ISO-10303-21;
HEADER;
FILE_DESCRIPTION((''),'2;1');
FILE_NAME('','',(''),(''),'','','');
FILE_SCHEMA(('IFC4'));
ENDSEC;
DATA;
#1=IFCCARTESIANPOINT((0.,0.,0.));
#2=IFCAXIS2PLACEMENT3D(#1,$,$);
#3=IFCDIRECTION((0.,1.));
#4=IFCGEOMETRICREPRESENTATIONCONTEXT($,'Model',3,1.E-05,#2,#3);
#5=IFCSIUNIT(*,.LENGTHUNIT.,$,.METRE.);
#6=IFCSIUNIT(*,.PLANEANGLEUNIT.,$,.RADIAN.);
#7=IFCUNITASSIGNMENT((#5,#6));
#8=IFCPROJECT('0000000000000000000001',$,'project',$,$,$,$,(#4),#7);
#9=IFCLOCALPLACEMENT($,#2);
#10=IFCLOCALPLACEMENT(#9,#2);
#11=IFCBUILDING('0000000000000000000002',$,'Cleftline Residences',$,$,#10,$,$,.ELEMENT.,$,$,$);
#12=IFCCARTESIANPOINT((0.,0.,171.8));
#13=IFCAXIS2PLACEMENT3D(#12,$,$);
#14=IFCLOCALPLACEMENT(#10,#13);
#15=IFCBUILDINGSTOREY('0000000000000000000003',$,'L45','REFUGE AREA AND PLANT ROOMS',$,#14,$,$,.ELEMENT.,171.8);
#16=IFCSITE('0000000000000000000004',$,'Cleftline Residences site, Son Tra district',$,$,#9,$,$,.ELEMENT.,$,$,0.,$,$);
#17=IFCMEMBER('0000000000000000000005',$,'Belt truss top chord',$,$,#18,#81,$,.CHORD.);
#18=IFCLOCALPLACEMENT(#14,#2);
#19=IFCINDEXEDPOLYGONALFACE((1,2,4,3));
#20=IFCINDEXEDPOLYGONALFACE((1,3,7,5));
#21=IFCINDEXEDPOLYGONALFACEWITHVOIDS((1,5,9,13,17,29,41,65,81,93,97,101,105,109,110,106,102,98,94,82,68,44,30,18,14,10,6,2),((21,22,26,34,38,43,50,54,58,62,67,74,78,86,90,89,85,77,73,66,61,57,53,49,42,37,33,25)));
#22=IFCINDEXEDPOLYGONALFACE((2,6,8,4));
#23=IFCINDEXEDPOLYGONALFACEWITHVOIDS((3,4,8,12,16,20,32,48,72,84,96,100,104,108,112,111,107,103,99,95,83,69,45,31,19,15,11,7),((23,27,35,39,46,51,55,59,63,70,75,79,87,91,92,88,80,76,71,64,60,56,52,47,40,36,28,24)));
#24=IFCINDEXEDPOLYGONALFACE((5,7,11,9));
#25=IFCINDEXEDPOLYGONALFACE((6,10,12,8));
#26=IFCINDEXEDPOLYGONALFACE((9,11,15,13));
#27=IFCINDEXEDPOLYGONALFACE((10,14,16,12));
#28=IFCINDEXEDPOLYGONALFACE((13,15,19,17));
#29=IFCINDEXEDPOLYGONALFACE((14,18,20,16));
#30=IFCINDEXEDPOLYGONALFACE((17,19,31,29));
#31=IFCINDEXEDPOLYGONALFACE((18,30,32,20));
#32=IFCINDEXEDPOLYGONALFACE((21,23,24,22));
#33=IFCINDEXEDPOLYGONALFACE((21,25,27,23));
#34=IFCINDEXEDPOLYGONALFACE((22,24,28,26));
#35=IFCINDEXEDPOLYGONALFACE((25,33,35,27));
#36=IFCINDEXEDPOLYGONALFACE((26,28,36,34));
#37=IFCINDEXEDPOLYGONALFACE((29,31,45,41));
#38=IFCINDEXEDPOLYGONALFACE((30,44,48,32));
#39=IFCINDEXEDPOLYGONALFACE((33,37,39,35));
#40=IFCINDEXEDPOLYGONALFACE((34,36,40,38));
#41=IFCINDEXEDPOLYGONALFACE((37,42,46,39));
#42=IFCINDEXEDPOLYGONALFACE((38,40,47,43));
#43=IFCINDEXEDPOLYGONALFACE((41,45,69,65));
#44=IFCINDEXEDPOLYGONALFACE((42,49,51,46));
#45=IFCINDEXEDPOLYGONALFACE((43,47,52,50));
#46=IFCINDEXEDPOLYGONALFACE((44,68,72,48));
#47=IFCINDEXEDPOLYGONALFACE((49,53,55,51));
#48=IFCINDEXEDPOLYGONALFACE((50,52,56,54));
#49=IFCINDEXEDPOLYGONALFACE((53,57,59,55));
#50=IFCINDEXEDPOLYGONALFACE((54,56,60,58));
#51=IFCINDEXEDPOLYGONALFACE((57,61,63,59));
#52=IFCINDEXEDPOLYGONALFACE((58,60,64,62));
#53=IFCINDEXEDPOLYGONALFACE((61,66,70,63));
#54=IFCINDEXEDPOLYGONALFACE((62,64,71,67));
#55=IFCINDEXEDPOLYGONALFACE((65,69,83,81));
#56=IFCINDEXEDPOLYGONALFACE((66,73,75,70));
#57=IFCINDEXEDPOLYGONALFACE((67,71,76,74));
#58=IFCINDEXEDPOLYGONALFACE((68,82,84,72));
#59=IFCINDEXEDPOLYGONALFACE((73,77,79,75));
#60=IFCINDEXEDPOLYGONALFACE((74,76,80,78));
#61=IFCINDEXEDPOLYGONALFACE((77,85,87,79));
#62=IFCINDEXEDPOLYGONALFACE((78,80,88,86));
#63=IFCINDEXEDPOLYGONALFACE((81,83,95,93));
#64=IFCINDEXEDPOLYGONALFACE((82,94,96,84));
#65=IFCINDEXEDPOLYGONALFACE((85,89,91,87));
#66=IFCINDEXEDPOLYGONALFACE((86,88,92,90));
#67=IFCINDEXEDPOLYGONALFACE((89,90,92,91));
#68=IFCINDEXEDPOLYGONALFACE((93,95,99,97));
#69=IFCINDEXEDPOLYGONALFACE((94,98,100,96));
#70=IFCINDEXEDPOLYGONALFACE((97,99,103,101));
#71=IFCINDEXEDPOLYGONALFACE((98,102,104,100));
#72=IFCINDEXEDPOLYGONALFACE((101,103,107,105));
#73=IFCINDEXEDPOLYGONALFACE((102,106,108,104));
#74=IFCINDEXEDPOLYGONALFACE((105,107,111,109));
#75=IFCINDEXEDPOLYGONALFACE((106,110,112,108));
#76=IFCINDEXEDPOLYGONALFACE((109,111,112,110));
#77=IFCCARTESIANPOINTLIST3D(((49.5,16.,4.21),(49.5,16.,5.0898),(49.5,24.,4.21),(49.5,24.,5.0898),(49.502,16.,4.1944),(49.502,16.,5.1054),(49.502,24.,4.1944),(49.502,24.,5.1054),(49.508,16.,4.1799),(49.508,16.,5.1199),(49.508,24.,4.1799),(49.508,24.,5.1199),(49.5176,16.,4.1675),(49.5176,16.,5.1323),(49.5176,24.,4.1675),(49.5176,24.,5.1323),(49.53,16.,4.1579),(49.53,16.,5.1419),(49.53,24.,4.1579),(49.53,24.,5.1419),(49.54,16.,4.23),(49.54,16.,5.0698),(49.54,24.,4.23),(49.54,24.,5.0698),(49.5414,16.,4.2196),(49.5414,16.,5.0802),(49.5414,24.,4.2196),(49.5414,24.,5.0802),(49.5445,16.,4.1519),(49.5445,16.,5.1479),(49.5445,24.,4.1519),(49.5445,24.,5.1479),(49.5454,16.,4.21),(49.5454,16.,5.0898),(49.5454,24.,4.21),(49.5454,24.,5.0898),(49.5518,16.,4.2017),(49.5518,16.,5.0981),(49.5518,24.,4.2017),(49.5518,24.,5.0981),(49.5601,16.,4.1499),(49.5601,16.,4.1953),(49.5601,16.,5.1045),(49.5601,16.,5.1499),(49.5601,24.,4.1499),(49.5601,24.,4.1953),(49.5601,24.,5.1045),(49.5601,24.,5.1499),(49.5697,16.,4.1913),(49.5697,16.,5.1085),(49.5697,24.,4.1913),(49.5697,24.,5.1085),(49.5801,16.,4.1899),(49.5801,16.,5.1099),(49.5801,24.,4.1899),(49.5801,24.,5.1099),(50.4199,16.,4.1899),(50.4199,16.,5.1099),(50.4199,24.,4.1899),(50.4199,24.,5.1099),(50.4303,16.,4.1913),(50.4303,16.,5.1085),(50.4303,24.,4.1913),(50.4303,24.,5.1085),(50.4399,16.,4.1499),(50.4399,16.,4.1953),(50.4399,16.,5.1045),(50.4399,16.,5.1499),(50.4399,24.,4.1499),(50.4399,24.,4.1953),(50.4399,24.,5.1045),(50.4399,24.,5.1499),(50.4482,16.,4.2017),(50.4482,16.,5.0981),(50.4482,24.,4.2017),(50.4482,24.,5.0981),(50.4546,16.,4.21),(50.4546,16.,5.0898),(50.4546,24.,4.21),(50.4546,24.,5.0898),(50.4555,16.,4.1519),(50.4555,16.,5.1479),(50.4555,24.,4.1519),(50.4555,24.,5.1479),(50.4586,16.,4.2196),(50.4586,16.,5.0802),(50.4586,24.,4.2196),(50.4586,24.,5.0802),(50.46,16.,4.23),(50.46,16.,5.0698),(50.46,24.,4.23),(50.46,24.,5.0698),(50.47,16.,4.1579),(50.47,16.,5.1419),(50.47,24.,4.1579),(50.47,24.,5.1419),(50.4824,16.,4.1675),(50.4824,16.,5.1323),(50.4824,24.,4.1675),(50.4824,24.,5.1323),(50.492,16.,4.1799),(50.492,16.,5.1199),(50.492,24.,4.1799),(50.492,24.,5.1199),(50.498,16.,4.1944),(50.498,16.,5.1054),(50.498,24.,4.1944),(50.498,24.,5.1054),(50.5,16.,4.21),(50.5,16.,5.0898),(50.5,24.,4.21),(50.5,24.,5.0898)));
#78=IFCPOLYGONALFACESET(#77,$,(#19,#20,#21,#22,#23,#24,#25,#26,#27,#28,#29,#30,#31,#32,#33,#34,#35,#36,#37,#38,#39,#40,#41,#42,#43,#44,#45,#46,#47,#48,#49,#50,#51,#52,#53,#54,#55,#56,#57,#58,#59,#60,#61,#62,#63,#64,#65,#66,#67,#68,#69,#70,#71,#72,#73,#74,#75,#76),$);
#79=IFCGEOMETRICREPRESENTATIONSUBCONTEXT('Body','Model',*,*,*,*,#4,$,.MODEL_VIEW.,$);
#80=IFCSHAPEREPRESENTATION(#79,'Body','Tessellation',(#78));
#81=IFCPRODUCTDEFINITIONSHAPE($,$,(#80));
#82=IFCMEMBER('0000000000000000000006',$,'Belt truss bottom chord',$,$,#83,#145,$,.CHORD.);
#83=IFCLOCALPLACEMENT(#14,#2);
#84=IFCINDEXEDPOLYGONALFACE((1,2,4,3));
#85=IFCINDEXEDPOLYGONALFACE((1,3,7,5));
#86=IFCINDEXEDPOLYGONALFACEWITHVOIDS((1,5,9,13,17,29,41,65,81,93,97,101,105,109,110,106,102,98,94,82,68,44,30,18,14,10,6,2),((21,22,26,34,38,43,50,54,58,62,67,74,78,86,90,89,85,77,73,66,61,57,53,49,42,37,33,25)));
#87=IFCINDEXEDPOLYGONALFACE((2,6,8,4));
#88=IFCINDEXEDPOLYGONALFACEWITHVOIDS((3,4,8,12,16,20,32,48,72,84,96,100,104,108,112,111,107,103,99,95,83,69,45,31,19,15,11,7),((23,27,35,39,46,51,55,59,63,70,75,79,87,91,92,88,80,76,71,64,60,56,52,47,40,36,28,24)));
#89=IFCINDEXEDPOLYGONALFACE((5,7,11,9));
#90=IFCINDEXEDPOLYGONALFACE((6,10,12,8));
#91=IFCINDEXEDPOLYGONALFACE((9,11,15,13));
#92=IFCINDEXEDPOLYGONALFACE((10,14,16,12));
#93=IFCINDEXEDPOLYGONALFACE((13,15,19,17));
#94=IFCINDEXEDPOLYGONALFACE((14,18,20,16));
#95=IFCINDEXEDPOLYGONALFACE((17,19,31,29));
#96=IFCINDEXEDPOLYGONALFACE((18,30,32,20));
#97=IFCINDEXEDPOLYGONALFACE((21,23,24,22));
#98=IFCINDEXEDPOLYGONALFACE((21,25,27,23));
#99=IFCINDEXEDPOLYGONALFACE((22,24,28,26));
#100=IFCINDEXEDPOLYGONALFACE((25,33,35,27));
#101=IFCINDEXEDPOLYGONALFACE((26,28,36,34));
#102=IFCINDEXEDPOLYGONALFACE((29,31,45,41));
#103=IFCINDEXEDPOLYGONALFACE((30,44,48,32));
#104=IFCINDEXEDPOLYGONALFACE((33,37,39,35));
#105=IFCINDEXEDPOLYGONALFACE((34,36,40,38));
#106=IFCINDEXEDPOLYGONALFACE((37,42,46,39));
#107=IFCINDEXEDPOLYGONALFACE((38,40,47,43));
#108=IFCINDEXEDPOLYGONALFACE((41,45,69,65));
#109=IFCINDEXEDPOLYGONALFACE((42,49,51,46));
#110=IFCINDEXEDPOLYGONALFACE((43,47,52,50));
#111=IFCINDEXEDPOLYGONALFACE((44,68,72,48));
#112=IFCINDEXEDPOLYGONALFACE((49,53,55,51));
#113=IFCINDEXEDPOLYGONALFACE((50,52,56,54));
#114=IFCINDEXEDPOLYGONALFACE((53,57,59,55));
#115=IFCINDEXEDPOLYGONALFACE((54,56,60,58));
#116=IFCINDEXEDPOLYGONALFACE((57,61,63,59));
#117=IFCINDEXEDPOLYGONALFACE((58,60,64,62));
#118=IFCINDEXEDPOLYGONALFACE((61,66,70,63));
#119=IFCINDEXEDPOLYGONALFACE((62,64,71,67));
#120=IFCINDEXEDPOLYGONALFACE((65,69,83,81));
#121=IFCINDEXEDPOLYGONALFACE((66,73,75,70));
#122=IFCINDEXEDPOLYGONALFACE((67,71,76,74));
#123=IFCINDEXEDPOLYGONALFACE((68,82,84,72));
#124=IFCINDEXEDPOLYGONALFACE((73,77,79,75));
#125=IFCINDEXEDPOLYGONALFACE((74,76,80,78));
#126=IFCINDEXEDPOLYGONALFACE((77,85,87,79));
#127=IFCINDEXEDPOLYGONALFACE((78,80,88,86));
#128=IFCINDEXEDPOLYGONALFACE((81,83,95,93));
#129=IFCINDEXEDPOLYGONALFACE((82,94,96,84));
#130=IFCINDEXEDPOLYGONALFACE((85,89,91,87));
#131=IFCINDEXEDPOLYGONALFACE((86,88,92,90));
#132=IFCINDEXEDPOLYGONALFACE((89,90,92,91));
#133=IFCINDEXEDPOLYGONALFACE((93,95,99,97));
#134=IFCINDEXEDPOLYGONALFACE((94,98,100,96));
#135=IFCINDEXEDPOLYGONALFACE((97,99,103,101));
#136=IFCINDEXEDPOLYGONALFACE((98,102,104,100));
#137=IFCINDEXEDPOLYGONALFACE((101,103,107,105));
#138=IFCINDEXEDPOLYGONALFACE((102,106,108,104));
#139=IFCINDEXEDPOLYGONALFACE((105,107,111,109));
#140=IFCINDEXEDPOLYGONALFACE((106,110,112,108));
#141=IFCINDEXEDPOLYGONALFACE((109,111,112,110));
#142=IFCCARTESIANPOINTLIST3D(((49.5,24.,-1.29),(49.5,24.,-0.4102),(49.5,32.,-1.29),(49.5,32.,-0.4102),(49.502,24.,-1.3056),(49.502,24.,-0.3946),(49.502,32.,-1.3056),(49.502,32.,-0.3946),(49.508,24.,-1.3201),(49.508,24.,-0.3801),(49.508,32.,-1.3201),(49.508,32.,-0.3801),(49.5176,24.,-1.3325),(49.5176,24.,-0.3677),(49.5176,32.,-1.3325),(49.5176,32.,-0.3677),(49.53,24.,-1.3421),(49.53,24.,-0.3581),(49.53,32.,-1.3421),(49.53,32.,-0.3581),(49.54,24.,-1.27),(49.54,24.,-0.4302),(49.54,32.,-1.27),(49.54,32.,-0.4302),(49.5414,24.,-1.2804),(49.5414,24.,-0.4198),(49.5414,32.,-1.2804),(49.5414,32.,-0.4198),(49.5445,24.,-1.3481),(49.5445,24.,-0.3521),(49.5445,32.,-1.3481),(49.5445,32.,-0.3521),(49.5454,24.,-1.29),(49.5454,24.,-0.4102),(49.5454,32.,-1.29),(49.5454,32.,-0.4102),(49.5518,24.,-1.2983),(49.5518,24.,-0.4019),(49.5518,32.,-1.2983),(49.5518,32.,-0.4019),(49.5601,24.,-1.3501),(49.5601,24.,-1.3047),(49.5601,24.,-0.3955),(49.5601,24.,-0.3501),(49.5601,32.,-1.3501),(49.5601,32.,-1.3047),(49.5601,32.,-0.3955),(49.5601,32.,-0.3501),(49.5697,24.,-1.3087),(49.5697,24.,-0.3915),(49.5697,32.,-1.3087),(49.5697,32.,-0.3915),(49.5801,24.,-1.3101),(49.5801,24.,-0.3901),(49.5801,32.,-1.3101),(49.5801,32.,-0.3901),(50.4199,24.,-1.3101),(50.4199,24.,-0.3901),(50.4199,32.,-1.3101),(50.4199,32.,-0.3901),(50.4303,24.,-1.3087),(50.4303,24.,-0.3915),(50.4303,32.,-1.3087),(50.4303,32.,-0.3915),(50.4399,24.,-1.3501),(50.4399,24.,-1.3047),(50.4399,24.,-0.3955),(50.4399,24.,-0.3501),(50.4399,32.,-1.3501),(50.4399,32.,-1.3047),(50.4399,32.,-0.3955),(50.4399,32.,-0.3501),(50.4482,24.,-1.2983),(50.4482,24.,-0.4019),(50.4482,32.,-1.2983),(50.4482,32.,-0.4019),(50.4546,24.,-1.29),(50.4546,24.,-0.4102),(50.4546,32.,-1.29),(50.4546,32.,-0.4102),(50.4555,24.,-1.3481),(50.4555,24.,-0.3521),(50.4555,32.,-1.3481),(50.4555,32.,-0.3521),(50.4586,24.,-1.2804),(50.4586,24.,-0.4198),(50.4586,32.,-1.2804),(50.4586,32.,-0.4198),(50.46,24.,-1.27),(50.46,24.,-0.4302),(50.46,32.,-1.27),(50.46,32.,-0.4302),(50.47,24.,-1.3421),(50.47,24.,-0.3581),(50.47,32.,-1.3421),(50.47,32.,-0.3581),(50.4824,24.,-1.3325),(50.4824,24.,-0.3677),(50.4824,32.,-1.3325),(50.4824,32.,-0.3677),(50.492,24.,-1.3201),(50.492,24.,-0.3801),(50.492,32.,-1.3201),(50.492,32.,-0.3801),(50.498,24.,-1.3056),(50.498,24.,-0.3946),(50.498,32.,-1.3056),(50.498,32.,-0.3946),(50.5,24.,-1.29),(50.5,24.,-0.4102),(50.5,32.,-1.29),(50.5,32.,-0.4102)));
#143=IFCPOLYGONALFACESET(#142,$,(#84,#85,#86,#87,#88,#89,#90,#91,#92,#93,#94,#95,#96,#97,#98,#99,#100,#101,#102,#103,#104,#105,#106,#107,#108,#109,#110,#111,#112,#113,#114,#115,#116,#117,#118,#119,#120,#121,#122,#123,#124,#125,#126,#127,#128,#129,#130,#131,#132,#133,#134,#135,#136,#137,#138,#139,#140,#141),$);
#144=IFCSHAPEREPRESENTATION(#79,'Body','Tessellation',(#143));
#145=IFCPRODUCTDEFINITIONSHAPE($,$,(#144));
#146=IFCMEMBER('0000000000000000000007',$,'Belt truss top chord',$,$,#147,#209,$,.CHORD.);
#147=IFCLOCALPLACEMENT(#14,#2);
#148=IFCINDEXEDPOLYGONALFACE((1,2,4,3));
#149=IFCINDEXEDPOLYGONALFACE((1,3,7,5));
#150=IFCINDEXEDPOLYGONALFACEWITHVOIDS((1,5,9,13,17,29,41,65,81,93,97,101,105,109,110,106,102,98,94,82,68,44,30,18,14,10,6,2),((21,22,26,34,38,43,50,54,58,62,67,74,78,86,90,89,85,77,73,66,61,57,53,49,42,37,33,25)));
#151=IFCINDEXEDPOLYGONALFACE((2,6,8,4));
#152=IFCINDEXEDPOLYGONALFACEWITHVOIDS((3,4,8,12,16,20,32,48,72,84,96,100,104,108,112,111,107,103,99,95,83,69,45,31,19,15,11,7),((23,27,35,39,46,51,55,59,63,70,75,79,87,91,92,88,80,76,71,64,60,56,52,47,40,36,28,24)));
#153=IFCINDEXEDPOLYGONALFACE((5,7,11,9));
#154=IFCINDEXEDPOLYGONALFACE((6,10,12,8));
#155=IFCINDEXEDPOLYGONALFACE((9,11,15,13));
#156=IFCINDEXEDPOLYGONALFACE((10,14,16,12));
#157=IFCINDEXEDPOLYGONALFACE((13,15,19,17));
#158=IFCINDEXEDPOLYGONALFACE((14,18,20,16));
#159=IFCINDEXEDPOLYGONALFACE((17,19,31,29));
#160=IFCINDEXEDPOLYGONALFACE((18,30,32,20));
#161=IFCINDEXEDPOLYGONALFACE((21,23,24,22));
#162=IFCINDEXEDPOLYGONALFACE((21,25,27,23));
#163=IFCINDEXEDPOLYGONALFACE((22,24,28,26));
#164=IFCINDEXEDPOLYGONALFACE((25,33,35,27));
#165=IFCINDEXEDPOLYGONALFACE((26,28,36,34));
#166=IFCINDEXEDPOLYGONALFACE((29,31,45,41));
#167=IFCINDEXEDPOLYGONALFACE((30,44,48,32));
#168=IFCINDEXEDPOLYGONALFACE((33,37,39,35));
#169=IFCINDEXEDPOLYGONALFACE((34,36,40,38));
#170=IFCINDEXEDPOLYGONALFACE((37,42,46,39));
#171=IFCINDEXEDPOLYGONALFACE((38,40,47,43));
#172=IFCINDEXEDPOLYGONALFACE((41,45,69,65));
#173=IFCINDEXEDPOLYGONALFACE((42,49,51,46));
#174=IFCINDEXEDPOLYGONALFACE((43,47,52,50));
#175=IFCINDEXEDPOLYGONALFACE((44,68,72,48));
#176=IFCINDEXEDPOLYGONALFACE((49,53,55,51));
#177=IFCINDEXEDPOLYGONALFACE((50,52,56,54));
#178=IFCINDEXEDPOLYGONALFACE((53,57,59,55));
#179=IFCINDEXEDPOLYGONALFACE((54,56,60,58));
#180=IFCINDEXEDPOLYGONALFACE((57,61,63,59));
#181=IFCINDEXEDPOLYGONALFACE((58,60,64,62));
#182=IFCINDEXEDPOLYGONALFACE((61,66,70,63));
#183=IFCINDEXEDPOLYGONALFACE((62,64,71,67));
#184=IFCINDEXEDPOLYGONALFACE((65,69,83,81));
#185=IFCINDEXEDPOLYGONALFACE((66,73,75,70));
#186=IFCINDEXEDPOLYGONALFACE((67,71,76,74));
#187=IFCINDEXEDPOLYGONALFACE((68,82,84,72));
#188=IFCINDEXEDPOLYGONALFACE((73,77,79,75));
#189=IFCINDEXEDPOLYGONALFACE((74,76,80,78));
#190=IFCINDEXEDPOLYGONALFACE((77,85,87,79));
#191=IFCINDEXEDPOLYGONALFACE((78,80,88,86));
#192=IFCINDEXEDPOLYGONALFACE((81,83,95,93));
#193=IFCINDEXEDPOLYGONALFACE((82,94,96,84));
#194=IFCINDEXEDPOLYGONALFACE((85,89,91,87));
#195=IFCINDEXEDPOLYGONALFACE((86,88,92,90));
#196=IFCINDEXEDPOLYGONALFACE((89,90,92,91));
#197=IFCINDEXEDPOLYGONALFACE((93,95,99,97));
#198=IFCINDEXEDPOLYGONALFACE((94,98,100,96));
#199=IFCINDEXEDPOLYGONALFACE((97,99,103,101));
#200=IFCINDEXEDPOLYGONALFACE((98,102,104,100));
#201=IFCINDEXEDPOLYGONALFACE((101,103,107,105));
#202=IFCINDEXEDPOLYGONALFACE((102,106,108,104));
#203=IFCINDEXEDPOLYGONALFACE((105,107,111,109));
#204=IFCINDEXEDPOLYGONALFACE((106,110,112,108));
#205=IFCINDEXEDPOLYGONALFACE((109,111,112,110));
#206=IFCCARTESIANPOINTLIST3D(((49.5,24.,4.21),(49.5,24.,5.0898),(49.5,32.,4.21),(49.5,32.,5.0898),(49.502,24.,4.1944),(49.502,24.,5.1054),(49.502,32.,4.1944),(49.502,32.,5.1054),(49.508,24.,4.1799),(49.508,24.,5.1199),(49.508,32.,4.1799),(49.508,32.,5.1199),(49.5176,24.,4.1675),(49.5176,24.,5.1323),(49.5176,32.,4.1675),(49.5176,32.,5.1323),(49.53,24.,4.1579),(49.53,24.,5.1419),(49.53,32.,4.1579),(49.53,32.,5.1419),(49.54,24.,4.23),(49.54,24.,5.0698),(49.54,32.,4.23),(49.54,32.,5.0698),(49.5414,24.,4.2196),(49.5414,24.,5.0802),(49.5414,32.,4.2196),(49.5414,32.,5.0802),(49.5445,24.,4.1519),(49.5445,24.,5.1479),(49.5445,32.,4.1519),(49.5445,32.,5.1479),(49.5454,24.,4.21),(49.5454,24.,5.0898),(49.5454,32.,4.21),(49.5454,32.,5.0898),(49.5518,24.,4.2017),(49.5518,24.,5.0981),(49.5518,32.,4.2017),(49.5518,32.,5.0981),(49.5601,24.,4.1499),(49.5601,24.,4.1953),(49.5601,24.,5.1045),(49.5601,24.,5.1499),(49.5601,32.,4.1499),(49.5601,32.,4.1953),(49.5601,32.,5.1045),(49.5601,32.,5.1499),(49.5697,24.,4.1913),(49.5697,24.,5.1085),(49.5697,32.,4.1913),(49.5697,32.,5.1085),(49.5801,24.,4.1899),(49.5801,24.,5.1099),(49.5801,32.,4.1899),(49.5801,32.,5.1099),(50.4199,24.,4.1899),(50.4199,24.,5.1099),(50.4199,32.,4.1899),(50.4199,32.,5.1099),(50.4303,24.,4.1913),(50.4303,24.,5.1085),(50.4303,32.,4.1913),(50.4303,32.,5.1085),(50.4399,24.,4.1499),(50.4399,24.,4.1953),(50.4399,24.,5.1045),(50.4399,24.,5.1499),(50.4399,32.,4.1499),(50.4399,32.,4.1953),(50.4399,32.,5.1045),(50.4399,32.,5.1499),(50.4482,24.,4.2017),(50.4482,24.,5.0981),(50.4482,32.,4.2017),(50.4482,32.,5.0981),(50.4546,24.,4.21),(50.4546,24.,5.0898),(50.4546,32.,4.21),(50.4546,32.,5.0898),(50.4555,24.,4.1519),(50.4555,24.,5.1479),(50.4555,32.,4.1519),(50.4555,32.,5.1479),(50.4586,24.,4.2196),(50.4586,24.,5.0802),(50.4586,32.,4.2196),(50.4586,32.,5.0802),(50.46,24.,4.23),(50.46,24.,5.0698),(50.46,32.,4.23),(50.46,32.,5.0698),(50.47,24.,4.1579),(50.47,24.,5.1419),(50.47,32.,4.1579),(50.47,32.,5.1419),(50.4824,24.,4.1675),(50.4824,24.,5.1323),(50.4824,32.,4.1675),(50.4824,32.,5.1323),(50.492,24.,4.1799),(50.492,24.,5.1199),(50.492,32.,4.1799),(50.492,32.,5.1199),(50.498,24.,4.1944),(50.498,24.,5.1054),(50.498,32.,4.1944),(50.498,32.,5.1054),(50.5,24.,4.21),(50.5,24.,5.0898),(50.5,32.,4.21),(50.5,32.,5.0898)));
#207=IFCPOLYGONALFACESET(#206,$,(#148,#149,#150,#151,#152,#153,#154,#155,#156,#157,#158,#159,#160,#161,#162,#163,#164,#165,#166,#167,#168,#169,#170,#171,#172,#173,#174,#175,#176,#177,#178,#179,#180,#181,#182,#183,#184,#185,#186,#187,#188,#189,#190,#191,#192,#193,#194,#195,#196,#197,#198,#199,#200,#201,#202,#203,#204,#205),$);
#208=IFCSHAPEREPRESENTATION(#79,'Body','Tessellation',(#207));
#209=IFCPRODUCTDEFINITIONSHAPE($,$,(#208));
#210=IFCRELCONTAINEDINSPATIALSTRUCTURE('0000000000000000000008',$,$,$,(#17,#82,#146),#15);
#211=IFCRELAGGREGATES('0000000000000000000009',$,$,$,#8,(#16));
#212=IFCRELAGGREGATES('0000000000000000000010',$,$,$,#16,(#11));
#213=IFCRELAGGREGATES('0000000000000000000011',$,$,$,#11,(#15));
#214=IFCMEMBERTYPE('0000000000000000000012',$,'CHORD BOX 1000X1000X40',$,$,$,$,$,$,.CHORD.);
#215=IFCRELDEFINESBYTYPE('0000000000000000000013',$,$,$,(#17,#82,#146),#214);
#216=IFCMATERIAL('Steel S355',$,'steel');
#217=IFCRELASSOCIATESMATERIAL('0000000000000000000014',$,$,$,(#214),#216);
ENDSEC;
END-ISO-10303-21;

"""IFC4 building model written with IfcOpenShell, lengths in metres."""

from ifc_helpers import new_model, si_unit, direction, frame, origin, origin_2d, place, context, subcontext, project, spatial, hollow_rectangle, extrude, material, material_profile, profile_set, type_object, element, save


model = new_model("IFC4")

# Units and contexts
model_context = context("Model", 3, precision=1e-05, world=origin(), true_north=direction((0.0, 1.0)))
body_context = subcontext(model_context, "Body", "Model", "MODEL_VIEW")
ifc_project = project(units=[si_unit("LENGTHUNIT", "METRE"), si_unit("PLANEANGLEUNIT", "RADIAN")], contexts=[model_context])

# Site, building, storey
site_placement = place(None, origin())
site = spatial("IfcSite", under=ifc_project, at=site_placement, Name="Cleftline Residences site, Son Tra district", CompositionType="ELEMENT", RefElevation=0.0)
building_placement = place(site_placement, origin())
building = spatial("IfcBuilding", under=site, at=building_placement, Name="Cleftline Residences", CompositionType="ELEMENT")
storey_placement = place(building_placement, frame((0.0, 0.0, 171.8)))
storey = spatial("IfcBuildingStorey", under=building, at=storey_placement, Name="L45", Description="REFUGE AREA AND PLANT ROOMS", CompositionType="ELEMENT", Elevation=171.8)

# Members
ifc_material_1 = material(Name="Steel S355", Category="steel")
ifc_material_profile_1 = material_profile(ifc_material_1, hollow_rectangle(XDim=1.0, YDim=1.0, WallThickness=0.04, InnerFilletRadius=0.04, OuterFilletRadius=0.0601, at=origin_2d()))
ifc_profile_set_1 = profile_set([ifc_material_profile_1], Name="Steel S355")
member_type_1 = type_object("IfcMemberType", Name="CHORD BOX 1000X1000X40", PredefinedType="CHORD", material=ifc_profile_set_1)
for number, where, z_axis, x_axis, name in (
    (1, (50.0, 16.0, 4.6499), (0.0, 1.0, 0.0), (-1.0, 0.0, 0.0), "Belt truss top chord"),
    (2, (50.0, 24.0, -0.8501), (0.0, 1.0, 0.0), (-1.0, 0.0, 0.0), "Belt truss bottom chord"),
    (3, (50.0, 24.0, 4.6499), (0.0, 1.0, 0.0), (-1.0, 0.0, 0.0), "Belt truss top chord"),
):
    element("IfcMember", number, at=place(storey_placement, frame(where, z_axis=z_axis, x_axis=x_axis)), inside=storey, type_object=member_type_1, Name=name, PredefinedType="CHORD", context=body_context, shape_type="SweptSolid", body=[
        extrude(hollow_rectangle(XDim=1.0, YDim=1.0, WallThickness=0.04, InnerFilletRadius=0.04, OuterFilletRadius=0.0601, at=origin_2d()), origin(), (0.0, 0.0, 1.0), 8.0),
    ])

save(model, "model.ifc")
